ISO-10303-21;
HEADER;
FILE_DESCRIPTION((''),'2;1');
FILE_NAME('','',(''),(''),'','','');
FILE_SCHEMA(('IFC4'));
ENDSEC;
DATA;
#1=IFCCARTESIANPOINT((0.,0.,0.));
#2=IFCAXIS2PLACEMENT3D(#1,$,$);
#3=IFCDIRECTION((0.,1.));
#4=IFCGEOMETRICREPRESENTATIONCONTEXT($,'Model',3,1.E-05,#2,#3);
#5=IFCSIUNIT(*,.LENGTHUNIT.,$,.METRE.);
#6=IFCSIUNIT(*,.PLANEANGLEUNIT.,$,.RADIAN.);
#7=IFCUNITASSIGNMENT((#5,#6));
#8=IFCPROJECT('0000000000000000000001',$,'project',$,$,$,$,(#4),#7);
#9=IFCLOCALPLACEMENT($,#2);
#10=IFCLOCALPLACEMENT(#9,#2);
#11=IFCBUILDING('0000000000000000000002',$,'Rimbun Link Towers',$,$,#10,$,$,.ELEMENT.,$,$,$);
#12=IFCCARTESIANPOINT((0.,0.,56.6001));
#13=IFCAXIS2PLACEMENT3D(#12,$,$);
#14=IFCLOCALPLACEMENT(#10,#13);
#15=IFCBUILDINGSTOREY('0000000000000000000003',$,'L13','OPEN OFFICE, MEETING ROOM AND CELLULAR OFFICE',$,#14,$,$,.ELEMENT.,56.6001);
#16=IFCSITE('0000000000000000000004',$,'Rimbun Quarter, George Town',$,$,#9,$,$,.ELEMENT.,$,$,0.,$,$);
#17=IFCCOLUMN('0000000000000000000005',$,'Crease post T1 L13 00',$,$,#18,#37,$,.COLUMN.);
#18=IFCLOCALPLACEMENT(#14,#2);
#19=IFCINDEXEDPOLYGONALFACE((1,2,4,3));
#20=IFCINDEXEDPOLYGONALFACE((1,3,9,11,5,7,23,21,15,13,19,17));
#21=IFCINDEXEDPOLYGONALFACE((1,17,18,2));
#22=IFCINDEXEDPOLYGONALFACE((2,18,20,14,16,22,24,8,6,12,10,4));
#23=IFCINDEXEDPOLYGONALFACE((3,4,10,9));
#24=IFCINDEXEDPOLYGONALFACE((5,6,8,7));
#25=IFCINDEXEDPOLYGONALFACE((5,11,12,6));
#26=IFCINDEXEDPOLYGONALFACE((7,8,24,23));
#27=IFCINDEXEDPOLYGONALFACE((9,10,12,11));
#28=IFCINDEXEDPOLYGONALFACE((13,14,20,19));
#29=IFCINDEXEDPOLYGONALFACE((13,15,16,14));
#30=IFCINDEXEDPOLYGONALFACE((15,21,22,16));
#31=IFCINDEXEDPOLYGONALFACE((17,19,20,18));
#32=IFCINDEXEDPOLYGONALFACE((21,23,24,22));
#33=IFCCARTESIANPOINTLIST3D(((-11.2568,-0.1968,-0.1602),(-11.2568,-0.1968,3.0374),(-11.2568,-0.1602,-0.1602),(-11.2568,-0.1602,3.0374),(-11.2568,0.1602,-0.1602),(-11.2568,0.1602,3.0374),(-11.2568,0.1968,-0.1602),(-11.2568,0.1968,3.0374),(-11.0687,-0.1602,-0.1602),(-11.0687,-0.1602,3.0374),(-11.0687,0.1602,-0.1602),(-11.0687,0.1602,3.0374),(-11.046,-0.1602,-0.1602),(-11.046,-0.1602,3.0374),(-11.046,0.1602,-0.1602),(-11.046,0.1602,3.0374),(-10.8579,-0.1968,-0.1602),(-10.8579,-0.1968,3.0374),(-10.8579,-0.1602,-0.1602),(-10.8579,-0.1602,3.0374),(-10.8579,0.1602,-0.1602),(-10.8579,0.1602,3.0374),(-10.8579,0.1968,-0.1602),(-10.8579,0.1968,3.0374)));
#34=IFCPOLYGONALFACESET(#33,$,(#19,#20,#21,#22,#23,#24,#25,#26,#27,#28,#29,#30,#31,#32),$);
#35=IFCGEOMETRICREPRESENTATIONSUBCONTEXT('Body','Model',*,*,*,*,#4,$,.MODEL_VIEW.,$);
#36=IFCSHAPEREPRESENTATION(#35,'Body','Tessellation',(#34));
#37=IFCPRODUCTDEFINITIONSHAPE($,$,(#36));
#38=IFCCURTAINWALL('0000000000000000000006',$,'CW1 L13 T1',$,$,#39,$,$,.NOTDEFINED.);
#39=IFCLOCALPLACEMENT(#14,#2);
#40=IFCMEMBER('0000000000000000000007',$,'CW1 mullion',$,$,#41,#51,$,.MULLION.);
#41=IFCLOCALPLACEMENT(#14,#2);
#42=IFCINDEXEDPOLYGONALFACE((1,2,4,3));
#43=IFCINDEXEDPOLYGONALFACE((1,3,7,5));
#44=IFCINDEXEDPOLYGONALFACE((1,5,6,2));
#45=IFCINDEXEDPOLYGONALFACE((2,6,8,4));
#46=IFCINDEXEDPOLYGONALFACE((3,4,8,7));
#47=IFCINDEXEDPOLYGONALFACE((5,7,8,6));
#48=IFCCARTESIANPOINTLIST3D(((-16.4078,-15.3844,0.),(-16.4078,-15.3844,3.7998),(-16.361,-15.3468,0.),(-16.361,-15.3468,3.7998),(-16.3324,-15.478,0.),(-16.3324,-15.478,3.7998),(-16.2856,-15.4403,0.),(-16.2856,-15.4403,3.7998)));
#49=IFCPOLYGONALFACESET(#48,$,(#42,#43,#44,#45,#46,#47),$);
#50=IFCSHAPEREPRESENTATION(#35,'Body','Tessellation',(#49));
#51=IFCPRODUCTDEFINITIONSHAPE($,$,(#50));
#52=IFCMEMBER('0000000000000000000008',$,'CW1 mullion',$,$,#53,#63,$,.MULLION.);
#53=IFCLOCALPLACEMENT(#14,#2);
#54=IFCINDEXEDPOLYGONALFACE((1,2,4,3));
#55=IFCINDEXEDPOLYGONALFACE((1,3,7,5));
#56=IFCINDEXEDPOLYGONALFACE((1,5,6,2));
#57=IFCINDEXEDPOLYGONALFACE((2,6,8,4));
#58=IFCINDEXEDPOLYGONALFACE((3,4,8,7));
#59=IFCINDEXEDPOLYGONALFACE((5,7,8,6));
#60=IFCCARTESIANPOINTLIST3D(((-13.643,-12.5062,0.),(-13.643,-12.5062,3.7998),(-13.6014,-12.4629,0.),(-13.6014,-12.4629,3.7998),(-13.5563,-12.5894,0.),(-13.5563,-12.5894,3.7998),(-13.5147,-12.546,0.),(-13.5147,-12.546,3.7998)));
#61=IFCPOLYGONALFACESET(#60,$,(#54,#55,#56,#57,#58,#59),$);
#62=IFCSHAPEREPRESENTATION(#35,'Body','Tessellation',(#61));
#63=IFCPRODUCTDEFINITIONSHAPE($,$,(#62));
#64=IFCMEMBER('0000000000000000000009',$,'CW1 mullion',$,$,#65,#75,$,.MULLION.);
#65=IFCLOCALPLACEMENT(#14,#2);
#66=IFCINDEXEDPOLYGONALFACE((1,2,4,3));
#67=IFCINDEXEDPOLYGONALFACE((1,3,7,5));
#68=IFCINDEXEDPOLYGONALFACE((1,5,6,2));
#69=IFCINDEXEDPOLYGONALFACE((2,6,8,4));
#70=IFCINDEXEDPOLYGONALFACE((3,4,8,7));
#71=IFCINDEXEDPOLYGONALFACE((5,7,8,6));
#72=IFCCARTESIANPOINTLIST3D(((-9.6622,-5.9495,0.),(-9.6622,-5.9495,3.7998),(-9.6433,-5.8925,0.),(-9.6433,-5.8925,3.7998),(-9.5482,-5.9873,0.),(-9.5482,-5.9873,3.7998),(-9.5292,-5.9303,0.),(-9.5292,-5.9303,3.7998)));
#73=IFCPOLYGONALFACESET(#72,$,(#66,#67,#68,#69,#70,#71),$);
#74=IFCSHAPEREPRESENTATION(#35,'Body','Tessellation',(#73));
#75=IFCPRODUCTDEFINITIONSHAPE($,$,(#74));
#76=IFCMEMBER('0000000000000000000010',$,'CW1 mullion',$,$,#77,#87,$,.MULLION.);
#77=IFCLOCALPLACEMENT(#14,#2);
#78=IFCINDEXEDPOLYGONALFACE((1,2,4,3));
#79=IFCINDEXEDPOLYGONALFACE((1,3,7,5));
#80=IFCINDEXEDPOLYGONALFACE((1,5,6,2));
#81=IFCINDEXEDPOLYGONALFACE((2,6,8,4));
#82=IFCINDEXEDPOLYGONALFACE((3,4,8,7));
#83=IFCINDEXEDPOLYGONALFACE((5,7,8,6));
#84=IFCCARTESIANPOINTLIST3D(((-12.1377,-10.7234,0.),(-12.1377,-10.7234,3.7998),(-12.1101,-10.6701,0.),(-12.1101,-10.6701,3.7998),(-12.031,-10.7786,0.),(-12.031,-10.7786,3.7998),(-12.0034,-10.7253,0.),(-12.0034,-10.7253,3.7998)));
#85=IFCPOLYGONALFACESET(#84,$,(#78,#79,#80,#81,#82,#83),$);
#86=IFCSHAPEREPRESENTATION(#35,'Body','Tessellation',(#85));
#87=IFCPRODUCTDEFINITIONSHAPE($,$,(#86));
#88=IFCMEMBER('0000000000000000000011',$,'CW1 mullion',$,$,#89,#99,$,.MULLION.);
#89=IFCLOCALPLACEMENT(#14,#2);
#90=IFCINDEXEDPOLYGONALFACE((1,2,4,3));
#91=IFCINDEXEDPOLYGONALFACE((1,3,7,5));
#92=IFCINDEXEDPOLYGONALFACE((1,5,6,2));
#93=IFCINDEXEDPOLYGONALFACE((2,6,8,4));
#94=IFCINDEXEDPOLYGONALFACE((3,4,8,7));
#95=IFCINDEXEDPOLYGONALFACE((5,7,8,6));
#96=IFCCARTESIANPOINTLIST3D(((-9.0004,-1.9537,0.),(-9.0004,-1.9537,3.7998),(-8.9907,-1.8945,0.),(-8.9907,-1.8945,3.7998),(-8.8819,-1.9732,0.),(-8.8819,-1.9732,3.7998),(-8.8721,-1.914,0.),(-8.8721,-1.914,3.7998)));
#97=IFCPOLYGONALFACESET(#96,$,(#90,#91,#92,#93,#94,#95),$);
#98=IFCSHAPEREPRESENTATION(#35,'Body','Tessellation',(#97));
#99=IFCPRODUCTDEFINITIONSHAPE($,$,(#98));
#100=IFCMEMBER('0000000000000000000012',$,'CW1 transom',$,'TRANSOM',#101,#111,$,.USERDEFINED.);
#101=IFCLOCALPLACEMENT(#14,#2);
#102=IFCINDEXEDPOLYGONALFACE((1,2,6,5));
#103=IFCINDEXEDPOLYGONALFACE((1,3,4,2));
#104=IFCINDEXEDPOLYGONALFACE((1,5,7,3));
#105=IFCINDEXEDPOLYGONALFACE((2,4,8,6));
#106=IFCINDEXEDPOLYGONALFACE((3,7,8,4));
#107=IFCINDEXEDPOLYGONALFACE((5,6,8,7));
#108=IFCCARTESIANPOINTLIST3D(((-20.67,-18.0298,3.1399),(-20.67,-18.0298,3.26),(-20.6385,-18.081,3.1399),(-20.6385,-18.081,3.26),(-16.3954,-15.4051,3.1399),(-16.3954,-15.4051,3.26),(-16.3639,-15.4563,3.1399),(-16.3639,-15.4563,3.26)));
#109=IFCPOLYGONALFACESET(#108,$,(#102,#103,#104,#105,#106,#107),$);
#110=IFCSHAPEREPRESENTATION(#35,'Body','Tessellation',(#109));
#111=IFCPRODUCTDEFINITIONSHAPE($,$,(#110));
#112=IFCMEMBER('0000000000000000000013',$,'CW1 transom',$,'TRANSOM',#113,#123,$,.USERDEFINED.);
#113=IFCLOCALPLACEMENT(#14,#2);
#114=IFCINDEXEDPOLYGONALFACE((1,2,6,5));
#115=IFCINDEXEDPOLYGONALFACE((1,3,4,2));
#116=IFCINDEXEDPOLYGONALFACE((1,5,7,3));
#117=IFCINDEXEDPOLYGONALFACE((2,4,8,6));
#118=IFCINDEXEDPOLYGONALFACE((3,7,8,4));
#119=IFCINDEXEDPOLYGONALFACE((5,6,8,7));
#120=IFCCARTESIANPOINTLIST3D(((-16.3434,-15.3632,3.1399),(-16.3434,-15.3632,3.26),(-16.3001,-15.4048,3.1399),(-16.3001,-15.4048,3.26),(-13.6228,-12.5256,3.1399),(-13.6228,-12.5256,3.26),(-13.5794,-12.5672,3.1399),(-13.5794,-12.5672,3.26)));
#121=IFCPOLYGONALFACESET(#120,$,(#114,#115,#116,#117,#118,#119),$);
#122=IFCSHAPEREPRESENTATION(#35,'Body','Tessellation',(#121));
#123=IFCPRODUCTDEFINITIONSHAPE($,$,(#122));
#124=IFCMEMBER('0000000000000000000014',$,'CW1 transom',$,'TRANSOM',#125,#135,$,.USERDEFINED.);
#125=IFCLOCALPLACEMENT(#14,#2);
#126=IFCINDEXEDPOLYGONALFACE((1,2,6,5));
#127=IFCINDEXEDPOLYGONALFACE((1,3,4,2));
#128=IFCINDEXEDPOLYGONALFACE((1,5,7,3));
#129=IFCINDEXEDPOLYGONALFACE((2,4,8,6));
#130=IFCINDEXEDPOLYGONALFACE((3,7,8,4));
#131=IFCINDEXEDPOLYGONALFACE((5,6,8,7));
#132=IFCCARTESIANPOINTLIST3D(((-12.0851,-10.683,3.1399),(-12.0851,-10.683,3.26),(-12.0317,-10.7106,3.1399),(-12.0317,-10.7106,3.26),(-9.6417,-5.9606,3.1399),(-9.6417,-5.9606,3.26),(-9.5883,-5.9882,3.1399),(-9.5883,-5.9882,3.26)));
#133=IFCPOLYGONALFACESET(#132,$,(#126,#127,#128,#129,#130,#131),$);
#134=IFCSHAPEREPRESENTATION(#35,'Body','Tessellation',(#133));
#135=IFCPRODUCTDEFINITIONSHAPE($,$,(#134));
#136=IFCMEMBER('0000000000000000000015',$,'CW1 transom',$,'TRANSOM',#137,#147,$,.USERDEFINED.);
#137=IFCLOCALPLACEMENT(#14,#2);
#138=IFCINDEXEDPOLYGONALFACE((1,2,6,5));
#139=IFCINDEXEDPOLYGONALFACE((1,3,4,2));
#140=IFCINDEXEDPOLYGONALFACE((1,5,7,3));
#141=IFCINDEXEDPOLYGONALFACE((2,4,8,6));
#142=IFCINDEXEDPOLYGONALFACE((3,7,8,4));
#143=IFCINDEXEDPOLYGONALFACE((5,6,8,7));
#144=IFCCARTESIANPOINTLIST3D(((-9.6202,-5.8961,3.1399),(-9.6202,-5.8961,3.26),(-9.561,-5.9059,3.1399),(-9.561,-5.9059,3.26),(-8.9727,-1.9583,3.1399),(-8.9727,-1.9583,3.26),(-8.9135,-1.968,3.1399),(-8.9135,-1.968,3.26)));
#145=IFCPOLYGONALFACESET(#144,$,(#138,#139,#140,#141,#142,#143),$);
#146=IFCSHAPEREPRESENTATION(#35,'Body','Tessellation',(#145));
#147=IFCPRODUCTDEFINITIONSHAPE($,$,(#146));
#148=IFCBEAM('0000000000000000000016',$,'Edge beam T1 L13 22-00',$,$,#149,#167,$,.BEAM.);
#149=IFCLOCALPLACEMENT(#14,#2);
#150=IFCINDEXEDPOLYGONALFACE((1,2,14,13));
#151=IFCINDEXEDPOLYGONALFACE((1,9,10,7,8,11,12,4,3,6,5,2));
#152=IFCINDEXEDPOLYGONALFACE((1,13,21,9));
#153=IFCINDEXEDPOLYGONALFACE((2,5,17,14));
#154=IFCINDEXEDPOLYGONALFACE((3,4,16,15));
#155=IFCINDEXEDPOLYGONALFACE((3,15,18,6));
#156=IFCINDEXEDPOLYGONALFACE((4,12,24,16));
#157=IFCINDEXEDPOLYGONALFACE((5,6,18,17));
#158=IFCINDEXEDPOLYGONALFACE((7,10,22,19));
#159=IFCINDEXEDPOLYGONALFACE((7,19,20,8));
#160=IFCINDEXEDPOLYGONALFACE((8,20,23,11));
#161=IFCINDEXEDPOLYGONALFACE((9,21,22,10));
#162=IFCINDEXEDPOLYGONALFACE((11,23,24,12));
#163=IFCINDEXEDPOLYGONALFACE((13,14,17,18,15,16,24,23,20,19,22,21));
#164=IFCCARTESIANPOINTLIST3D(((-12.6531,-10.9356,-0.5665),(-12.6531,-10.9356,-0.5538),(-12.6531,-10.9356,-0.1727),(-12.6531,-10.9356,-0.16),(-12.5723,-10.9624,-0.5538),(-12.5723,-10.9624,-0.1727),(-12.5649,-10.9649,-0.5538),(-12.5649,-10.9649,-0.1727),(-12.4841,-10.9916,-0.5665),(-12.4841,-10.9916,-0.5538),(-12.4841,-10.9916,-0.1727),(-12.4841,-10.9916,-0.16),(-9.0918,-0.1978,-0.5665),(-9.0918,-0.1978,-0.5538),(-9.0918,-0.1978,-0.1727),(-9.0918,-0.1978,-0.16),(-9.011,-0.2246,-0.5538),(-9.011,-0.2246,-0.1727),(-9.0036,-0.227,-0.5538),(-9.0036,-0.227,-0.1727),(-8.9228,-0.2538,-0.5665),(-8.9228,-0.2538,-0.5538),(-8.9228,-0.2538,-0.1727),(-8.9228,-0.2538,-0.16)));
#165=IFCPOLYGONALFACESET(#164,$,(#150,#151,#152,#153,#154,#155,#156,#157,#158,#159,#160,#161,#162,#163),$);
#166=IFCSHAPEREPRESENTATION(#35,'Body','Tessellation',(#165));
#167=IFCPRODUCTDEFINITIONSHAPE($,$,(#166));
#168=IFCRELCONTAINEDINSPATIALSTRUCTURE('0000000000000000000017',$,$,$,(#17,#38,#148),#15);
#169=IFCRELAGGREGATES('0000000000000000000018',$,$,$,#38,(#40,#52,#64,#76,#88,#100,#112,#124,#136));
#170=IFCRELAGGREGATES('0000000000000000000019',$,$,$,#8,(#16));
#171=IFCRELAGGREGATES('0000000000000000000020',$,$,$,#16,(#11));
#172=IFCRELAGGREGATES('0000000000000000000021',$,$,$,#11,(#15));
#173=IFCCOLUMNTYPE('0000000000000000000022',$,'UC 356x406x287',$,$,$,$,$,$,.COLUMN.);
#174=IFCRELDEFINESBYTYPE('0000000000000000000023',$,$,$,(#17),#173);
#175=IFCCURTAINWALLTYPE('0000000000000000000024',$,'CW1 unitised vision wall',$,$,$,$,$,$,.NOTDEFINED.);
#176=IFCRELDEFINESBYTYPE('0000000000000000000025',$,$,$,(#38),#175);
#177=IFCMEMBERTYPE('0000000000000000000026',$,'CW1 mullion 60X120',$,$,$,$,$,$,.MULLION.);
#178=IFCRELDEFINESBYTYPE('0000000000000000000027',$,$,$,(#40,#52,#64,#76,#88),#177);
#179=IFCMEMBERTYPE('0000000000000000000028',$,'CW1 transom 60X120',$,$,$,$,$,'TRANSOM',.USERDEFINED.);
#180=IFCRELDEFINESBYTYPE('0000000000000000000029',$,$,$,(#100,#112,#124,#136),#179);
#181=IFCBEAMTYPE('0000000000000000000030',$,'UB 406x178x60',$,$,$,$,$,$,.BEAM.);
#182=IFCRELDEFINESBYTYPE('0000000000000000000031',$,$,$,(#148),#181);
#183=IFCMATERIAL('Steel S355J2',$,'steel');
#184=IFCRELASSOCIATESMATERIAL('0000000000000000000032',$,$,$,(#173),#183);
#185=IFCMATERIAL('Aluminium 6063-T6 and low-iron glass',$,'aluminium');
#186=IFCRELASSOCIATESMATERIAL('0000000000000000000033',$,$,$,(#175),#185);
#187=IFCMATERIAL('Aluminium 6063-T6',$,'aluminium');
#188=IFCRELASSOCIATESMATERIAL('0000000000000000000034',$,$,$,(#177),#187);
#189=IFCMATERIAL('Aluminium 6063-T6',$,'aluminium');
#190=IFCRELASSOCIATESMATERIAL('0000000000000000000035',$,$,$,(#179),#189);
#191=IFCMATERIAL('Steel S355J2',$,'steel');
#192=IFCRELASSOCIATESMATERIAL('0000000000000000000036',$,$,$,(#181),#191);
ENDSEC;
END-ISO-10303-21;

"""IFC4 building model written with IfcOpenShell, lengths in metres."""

from ifc_helpers import new_model, si_unit, direction, frame, origin, origin_2d, place, context, subcontext, project, spatial, rectangle, i_section, extrude, material, material_profile, profile_set, type_object, element, aggregate, save


model = new_model("IFC4")

# Units and contexts
model_context = context("Model", 3, precision=1e-05, world=origin(), true_north=direction((0.0, 1.0)))
body_context = subcontext(model_context, "Body", "Model", "MODEL_VIEW")
ifc_project = project(units=[si_unit("LENGTHUNIT", "METRE"), si_unit("PLANEANGLEUNIT", "RADIAN")], contexts=[model_context])

# Site, building, storey
site_placement = place(None, origin())
site = spatial("IfcSite", under=ifc_project, at=site_placement, Name="Rimbun Quarter, George Town", CompositionType="ELEMENT", RefElevation=0.0)
building_placement = place(site_placement, origin())
building = spatial("IfcBuilding", under=site, at=building_placement, Name="Rimbun Link Towers", CompositionType="ELEMENT")
storey_placement = place(building_placement, frame((0.0, 0.0, 56.6001)))
storey = spatial("IfcBuildingStorey", under=building, at=storey_placement, Name="L13", Description="OPEN OFFICE, MEETING ROOM AND CELLULAR OFFICE", CompositionType="ELEMENT", Elevation=56.6001)

# Column
ifc_material_1 = material(Name="Steel S355J2", Category="steel")
ifc_material_profile_1 = material_profile(ifc_material_1, i_section(OverallWidth=0.3989, OverallDepth=0.3936, WebThickness=0.0227, FlangeThickness=0.0366, at=origin_2d()), Name="UC 356x406x287")
ifc_profile_set_1 = profile_set([ifc_material_profile_1], Name="Steel S355J2")
column_type = type_object("IfcColumnType", Name="UC 356x406x287", PredefinedType="COLUMN", material=ifc_profile_set_1)
column_placement = place(storey_placement, frame((-11.0574, 0.0, -0.1602), z_axis=(0.0, 0.0, 1.0), x_axis=(1.0, 0.0, 0.0)))
element("IfcColumn", 1, at=column_placement, inside=storey, type_object=column_type, Name="Crease post T1 L13 00", PredefinedType="COLUMN", context=body_context, shape_type="SweptSolid", body=[
    extrude(i_section(OverallWidth=0.3989, OverallDepth=0.3936, WebThickness=0.0227, FlangeThickness=0.0366, at=origin_2d()), origin(), (0.0, 0.0, 1.0), 3.1975),
])

# Curtain wall, members
ifc_material_2 = material(Name="Aluminium 6063-T6 and low-iron glass", Category="aluminium")
curtain_wall_type = type_object("IfcCurtainWallType", Name="CW1 unitised vision wall", PredefinedType="NOTDEFINED", material=ifc_material_2)
curtain_wall_placement = place(storey_placement, origin())
curtain_wall = element("IfcCurtainWall", 2, at=curtain_wall_placement, inside=storey, type_object=curtain_wall_type, Name="CW1 L13 T1", PredefinedType="NOTDEFINED")
ifc_material_3 = material(Name="Aluminium 6063-T6", Category="aluminium")
ifc_material_profile_2 = material_profile(ifc_material_3, rectangle(XDim=0.1201, YDim=0.0601, at=origin_2d()), Name="MULLION 60X120")
ifc_profile_set_2 = profile_set([ifc_material_profile_2], Name="Aluminium 6063-T6")
member_type_1 = type_object("IfcMemberType", Name="CW1 mullion 60X120", PredefinedType="MULLION", material=ifc_profile_set_2)
member_1_placement = place(storey_placement, frame((-16.3467, -15.4124, 0.0), z_axis=(0.0, 0.0, 1.0), x_axis=(0.627666, -0.778483, 0.0)))
member_1 = element("IfcMember", 3, at=member_1_placement, type_object=member_type_1, Name="CW1 mullion", PredefinedType="MULLION", context=body_context, shape_type="SweptSolid", body=[
    extrude(rectangle(XDim=0.1201, YDim=0.0601, at=origin_2d()), origin(), (0.0, 0.0, 1.0), 3.7998),
])
member_2_placement = place(storey_placement, frame((-13.5789, -12.5261, 0.0), z_axis=(0.0, 0.0, 1.0), x_axis=(0.721835, -0.692065, 0.0)))
member_2 = element("IfcMember", 4, at=member_2_placement, type_object=member_type_1, Name="CW1 mullion", PredefinedType="MULLION", context=body_context, shape_type="SweptSolid", body=[
    extrude(rectangle(XDim=0.1201, YDim=0.0601, at=origin_2d()), origin(), (0.0, 0.0, 1.0), 3.7998),
])
member_3_placement = place(storey_placement, frame((-9.5957, -5.9399, 0.0), z_axis=(0.0, 0.0, 1.0), x_axis=(0.949162, -0.314789, 0.0)))
member_3 = element("IfcMember", 5, at=member_3_placement, type_object=member_type_1, Name="CW1 mullion", PredefinedType="MULLION", context=body_context, shape_type="SweptSolid", body=[
    extrude(rectangle(XDim=0.1201, YDim=0.0601, at=origin_2d()), origin(), (0.0, 0.0, 1.0), 3.7998),
])
member_4_placement = place(storey_placement, frame((-12.0706, -10.7244, 0.0), z_axis=(0.0, 0.0, 1.0), x_axis=(0.888157, -0.459541, 0.0)))
member_4 = element("IfcMember", 6, at=member_4_placement, type_object=member_type_1, Name="CW1 mullion", PredefinedType="MULLION", context=body_context, shape_type="SweptSolid", body=[
    extrude(rectangle(XDim=0.1201, YDim=0.0601, at=origin_2d()), origin(), (0.0, 0.0, 1.0), 3.7998),
])
member_5_placement = place(storey_placement, frame((-8.9363, -1.9338, 0.0), z_axis=(0.0, 0.0, 1.0), x_axis=(0.986747, -0.162269, 0.0)))
member_5 = element("IfcMember", 7, at=member_5_placement, type_object=member_type_1, Name="CW1 mullion", PredefinedType="MULLION", context=body_context, shape_type="SweptSolid", body=[
    extrude(rectangle(XDim=0.1201, YDim=0.0601, at=origin_2d()), origin(), (0.0, 0.0, 1.0), 3.7998),
])
ifc_material_4 = material(Name="Aluminium 6063-T6", Category="aluminium")
ifc_material_profile_3 = material_profile(ifc_material_4, rectangle(XDim=0.0601, YDim=0.1201, at=origin_2d()), Name="TRANSOM 60X120")
ifc_profile_set_3 = profile_set([ifc_material_profile_3], Name="Aluminium 6063-T6")
member_type_2 = type_object("IfcMemberType", Name="CW1 transom 60X120", ElementType="TRANSOM", PredefinedType="USERDEFINED", material=ifc_profile_set_3)
member_6_placement = place(storey_placement, frame((-16.3796, -15.4307, 3.2), z_axis=(-0.852174, -0.523258, 0.0), x_axis=(0.523258, -0.852174, 0.0)))
member_6 = element("IfcMember", 8, at=member_6_placement, type_object=member_type_2, Name="CW1 transom", ObjectType="TRANSOM", PredefinedType="USERDEFINED", context=body_context, shape_type="SweptSolid", body=[
    extrude(rectangle(XDim=0.0601, YDim=0.1201, at=origin_2d()), origin(), (0.0, 0.0, 1.0), 5.0161),
])
member_7_placement = place(storey_placement, frame((-13.6011, -12.5464, 3.2), z_axis=(-0.692077, -0.721824, 0.0), x_axis=(0.721824, -0.692077, 0.0)))
member_7 = element("IfcMember", 9, at=member_7_placement, type_object=member_type_2, Name="CW1 transom", ObjectType="TRANSOM", PredefinedType="USERDEFINED", context=body_context, shape_type="SweptSolid", body=[
    extrude(rectangle(XDim=0.0601, YDim=0.1201, at=origin_2d()), origin(), (0.0, 0.0, 1.0), 3.9312),
])
member_8_placement = place(storey_placement, frame((-9.615, -5.9744, 3.2), z_axis=(-0.459532, -0.888161, 0.0), x_axis=(0.888161, -0.459532, 0.0)))
member_8 = element("IfcMember", 10, at=member_8_placement, type_object=member_type_2, Name="CW1 transom", ObjectType="TRANSOM", PredefinedType="USERDEFINED", context=body_context, shape_type="SweptSolid", body=[
    extrude(rectangle(XDim=0.0601, YDim=0.1201, at=origin_2d()), origin(), (0.0, 0.0, 1.0), 5.3171),
])
member_9_placement = place(storey_placement, frame((-8.9431, -1.9631, 3.2), z_axis=(-0.162246, -0.98675, 0.0), x_axis=(0.98675, -0.162246, 0.0)))
member_9 = element("IfcMember", 11, at=member_9_placement, type_object=member_type_2, Name="CW1 transom", ObjectType="TRANSOM", PredefinedType="USERDEFINED", context=body_context, shape_type="SweptSolid", body=[
    extrude(rectangle(XDim=0.0601, YDim=0.1201, at=origin_2d()), origin(), (0.0, 0.0, 1.0), 3.9907),
])

# Beam
ifc_material_5 = material(Name="Steel S355J2", Category="steel")
ifc_material_profile_4 = material_profile(ifc_material_5, i_section(OverallWidth=0.178, OverallDepth=0.4065, WebThickness=0.0078, FlangeThickness=0.0127, at=origin_2d()), Name="UB 406x178x60")
ifc_profile_set_4 = profile_set([ifc_material_profile_4], Name="Steel S355J2")
beam_type = type_object("IfcBeamType", Name="UB 406x178x60", PredefinedType="BEAM", material=ifc_profile_set_4)
beam_placement = place(storey_placement, frame((-12.5686, -10.9636, -0.3633), z_axis=(0.314797, 0.949159, 0.0), x_axis=(-0.949159, 0.314797, 0.0)))
element("IfcBeam", 12, at=beam_placement, inside=storey, type_object=beam_type, Name="Edge beam T1 L13 22-00", PredefinedType="BEAM", context=body_context, shape_type="SweptSolid", body=[
    extrude(i_section(OverallWidth=0.178, OverallDepth=0.4065, WebThickness=0.0078, FlangeThickness=0.0127, at=origin_2d()), origin(), (0.0, 0.0, 1.0), 11.313),
])

aggregate(curtain_wall, [member_1, member_2, member_3, member_4, member_5, member_6, member_7, member_8, member_9])

save(model, "model.ifc")
